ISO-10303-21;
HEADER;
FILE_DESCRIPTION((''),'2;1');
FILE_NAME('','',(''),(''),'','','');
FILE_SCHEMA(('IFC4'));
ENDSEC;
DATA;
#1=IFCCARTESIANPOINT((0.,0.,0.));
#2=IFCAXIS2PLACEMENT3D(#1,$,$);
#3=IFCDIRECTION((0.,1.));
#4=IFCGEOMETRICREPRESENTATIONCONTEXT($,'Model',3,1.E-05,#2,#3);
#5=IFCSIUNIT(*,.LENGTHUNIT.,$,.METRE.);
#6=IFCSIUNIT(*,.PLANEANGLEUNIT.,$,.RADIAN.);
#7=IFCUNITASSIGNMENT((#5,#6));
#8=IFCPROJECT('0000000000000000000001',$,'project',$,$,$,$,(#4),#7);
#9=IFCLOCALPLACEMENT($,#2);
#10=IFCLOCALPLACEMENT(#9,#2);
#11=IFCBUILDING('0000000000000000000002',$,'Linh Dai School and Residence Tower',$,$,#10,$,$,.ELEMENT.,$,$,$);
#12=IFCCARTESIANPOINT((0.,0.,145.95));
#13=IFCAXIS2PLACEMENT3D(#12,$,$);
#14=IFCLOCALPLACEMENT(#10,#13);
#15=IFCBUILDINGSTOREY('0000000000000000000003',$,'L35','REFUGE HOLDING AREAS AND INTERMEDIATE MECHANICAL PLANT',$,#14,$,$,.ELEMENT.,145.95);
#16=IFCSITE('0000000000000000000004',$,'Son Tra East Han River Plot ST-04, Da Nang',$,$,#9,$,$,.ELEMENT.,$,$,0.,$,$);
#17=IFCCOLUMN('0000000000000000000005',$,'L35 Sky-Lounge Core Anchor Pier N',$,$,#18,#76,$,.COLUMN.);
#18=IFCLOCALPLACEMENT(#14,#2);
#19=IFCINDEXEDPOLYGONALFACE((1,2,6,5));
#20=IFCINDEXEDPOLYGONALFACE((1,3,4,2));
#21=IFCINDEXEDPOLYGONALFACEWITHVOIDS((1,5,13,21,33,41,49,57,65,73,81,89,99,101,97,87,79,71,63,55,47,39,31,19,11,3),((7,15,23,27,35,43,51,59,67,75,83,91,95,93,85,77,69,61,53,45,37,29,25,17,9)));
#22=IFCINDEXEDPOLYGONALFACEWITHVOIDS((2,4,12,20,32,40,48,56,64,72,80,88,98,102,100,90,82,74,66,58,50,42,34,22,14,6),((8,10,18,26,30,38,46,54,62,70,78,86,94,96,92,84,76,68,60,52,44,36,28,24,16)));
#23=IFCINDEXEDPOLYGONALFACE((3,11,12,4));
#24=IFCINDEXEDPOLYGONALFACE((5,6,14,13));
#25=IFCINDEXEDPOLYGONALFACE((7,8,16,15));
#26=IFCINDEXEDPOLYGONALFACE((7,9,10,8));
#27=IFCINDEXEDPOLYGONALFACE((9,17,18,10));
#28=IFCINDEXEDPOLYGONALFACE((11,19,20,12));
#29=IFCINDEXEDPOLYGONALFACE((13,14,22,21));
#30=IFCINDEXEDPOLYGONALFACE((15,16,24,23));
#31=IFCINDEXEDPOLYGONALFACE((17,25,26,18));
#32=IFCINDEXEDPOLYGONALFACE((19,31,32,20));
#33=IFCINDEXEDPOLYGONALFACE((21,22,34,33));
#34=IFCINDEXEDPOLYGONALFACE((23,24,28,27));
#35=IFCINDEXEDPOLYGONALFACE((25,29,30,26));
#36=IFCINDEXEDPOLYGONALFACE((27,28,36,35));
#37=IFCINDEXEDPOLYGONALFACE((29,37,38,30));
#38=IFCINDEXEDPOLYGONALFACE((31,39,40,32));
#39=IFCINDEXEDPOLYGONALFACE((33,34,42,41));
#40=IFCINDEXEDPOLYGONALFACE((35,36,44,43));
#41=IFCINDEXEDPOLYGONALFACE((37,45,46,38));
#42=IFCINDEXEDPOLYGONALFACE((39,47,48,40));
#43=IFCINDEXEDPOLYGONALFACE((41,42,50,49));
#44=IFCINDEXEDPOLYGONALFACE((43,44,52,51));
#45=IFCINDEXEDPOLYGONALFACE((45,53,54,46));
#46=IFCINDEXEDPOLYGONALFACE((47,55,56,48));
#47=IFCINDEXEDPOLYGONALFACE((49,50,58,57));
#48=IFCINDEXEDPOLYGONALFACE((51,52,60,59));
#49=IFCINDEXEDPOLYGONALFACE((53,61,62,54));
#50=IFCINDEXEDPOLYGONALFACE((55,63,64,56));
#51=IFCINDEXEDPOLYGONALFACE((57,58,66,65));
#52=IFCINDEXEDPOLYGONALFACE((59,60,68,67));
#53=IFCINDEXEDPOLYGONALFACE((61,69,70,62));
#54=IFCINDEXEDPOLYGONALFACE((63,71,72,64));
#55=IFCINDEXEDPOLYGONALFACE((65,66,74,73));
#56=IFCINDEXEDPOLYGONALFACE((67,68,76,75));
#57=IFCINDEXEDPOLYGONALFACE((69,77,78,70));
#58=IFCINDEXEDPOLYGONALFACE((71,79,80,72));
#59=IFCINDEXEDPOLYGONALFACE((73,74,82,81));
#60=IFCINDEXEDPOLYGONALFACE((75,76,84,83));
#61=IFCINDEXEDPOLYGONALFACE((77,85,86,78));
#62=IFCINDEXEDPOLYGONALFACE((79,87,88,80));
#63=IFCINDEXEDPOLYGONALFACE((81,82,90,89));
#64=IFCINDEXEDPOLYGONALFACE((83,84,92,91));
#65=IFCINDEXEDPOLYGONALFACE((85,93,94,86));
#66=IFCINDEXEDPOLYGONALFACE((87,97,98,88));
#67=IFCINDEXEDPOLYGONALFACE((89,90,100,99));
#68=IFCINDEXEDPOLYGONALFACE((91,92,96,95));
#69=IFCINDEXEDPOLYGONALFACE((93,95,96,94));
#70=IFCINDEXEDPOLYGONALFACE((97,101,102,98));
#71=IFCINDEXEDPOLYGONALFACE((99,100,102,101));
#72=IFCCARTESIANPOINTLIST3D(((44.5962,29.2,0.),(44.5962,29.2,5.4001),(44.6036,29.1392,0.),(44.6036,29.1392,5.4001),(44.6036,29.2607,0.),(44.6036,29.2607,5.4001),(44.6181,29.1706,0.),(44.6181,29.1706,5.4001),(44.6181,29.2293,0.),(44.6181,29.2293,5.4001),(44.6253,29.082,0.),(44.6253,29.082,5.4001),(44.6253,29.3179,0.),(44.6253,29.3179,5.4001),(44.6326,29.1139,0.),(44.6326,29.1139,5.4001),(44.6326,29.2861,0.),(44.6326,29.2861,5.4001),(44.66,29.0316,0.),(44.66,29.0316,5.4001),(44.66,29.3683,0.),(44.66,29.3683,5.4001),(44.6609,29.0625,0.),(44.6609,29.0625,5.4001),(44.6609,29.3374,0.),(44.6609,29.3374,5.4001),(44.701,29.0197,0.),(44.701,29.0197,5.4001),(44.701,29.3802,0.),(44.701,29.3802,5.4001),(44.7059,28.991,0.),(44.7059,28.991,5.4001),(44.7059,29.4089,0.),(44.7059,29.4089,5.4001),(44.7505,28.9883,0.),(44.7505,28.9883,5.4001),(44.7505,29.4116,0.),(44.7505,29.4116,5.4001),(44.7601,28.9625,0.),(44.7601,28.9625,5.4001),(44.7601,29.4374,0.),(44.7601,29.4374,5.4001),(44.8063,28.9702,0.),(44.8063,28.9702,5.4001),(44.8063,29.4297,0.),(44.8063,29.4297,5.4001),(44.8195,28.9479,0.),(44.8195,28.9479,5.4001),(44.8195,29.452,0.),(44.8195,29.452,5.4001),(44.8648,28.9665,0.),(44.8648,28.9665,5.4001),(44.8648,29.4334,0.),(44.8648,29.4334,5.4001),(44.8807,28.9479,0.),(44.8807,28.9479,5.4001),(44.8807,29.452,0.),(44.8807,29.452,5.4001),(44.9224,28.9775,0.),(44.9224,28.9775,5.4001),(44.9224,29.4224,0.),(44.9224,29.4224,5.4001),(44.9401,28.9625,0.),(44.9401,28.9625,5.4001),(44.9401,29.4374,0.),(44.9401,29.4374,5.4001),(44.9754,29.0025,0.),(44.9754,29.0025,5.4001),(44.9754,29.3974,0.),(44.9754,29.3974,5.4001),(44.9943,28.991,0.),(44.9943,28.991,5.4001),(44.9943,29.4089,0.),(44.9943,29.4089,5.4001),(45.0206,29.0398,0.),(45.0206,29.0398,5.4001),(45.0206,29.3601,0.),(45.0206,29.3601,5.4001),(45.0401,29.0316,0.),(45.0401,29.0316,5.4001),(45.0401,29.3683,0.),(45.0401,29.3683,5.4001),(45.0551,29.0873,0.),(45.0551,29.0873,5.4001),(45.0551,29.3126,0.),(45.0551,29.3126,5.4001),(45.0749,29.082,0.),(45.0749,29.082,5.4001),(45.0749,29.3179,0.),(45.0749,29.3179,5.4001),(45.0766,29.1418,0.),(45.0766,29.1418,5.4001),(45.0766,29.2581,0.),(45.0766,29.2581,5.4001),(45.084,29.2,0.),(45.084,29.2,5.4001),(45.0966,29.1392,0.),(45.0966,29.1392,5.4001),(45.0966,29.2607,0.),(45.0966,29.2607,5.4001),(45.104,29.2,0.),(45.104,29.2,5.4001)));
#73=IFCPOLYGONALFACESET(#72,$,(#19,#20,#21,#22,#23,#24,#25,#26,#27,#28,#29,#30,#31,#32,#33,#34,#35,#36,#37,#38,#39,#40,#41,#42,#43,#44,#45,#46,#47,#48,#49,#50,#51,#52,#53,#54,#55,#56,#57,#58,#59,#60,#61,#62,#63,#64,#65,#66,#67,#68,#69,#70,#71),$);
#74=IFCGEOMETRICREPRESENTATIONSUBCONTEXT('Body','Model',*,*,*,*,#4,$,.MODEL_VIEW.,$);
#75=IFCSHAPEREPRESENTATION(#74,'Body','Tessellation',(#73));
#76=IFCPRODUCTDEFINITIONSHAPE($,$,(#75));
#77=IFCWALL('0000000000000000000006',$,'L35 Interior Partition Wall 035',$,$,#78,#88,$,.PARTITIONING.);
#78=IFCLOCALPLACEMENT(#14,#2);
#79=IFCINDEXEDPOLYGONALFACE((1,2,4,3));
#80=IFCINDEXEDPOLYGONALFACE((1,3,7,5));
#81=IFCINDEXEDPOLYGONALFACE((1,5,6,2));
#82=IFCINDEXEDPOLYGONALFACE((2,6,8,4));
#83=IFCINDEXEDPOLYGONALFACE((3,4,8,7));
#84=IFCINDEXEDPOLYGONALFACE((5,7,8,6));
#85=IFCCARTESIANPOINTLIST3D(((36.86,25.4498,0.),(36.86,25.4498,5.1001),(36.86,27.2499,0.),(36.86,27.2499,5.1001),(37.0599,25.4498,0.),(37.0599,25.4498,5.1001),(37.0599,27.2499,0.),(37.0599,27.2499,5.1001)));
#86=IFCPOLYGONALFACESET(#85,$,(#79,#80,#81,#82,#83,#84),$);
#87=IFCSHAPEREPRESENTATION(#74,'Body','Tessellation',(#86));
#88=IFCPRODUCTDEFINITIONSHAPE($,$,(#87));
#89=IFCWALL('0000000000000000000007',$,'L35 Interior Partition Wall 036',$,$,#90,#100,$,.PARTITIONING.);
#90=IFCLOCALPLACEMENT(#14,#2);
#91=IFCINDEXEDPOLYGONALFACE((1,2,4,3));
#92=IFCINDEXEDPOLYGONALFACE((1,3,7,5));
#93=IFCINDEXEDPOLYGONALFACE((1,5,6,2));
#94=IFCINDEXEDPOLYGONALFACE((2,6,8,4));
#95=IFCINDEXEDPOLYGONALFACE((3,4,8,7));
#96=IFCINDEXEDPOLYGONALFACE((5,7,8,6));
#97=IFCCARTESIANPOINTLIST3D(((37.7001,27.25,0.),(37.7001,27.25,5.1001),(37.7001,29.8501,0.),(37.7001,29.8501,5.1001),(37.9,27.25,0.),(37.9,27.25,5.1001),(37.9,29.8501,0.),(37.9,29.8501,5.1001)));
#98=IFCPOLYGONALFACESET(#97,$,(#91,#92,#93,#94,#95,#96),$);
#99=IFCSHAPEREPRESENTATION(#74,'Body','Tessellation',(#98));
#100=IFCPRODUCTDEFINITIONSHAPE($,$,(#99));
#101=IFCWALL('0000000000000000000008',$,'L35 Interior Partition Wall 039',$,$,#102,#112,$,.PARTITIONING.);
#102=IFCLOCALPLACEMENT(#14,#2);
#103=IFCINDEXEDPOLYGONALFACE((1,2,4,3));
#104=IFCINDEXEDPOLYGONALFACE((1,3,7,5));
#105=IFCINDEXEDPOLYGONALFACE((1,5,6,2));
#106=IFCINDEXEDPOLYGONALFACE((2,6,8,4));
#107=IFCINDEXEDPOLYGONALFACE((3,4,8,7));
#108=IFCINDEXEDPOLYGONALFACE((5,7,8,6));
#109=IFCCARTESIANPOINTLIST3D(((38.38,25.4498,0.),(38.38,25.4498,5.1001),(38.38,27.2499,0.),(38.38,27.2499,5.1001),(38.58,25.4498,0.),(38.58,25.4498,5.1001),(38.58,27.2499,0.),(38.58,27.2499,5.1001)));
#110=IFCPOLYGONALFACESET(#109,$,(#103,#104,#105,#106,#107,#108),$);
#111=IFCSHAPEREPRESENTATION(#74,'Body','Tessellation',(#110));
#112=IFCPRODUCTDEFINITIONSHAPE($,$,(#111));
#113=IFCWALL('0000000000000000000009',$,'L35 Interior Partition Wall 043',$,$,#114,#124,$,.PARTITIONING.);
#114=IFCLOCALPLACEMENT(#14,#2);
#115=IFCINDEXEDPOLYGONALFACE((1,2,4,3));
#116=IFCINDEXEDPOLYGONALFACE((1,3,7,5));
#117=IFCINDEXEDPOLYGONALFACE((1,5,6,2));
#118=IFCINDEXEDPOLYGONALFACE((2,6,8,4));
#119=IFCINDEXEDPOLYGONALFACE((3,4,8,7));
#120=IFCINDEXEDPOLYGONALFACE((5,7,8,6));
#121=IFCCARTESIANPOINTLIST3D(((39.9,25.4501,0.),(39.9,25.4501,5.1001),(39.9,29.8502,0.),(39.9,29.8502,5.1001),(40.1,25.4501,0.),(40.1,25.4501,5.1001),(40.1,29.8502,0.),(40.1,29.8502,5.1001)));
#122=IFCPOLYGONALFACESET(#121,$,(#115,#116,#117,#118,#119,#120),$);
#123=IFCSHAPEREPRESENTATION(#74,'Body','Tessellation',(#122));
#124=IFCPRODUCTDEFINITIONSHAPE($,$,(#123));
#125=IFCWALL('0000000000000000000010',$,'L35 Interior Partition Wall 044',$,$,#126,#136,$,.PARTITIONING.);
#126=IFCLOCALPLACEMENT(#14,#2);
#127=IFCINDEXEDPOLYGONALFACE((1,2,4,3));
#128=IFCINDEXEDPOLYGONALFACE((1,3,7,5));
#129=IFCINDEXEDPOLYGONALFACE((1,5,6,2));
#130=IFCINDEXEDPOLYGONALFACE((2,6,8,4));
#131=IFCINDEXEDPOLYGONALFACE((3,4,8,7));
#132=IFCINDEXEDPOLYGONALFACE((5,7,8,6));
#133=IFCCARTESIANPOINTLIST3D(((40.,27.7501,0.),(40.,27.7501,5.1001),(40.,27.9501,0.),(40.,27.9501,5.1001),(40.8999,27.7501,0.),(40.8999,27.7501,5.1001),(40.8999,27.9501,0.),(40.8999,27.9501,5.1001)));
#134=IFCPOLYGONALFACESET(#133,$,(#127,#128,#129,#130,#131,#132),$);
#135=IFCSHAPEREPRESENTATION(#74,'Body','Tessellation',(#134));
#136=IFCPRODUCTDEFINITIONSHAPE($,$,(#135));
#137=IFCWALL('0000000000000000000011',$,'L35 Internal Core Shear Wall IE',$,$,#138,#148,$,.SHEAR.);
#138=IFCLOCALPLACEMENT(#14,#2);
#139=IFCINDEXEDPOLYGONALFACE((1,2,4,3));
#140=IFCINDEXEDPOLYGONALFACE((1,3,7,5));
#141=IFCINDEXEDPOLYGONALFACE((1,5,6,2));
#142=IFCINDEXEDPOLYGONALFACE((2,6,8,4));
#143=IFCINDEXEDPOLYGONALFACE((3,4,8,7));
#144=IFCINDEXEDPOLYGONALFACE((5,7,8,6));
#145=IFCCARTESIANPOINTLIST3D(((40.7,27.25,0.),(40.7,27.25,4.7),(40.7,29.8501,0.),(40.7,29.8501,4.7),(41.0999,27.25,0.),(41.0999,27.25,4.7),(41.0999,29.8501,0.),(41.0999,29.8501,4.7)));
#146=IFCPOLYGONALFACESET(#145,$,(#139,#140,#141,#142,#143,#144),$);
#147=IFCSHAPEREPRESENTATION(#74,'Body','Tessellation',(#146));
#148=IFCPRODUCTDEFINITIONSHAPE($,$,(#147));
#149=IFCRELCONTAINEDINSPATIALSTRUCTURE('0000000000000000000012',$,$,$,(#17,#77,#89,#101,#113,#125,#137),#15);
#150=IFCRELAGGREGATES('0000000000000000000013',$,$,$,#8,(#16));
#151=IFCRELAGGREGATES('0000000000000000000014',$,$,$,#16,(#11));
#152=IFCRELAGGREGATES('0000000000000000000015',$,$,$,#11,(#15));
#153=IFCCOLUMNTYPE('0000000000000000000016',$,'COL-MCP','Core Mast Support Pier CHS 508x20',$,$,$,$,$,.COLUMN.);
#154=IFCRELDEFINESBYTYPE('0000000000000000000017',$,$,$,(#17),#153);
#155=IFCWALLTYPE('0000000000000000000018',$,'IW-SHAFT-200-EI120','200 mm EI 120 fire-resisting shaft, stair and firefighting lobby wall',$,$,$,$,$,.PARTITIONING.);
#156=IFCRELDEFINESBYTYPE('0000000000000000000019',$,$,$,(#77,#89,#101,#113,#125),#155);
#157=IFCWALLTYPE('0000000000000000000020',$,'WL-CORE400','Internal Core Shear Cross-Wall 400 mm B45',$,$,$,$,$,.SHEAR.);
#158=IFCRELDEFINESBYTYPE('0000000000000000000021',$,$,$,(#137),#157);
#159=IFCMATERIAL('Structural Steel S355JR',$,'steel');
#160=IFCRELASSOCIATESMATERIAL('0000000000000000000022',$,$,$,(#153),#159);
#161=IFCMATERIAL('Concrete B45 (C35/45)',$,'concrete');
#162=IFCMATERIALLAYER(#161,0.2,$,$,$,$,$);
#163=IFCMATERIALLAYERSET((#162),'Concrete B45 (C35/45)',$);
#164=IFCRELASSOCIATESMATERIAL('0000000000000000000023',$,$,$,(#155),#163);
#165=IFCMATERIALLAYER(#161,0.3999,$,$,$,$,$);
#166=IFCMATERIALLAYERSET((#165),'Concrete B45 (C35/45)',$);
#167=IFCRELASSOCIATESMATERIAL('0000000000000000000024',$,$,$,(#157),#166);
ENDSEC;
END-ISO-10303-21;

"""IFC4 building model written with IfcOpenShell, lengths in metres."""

from ifc_helpers import new_model, si_unit, direction, frame, frame_2d, origin, origin_2d, place, context, subcontext, project, spatial, rectangle, hollow_circle, extrude, material, layer, layer_set, material_profile, profile_set, type_object, element, save


model = new_model("IFC4")

# Units and contexts
model_context = context("Model", 3, precision=1e-05, world=origin(), true_north=direction((0.0, 1.0)))
body_context = subcontext(model_context, "Body", "Model", "MODEL_VIEW")
ifc_project = project(units=[si_unit("LENGTHUNIT", "METRE"), si_unit("PLANEANGLEUNIT", "RADIAN")], contexts=[model_context])

# Site, building, storey
site_placement = place(None, origin())
site = spatial("IfcSite", under=ifc_project, at=site_placement, Name="Son Tra East Han River Plot ST-04, Da Nang", CompositionType="ELEMENT", RefElevation=0.0)
building_placement = place(site_placement, origin())
building = spatial("IfcBuilding", under=site, at=building_placement, Name="Linh Dai School and Residence Tower", CompositionType="ELEMENT")
storey_placement = place(building_placement, frame((0.0, 0.0, 145.95)))
storey = spatial("IfcBuildingStorey", under=building, at=storey_placement, Name="L35", Description="REFUGE HOLDING AREAS AND INTERMEDIATE MECHANICAL PLANT", CompositionType="ELEMENT", Elevation=145.95)

# Column
ifc_material_1 = material(Name="Structural Steel S355JR", Category="steel")
ifc_material_profile_1 = material_profile(ifc_material_1, hollow_circle(Radius=0.2539, WallThickness=0.02, at=origin_2d()), Name="CHS 508x20")
ifc_profile_set_1 = profile_set([ifc_material_profile_1], Name="Structural Steel S355JR")
column_type_1 = type_object("IfcColumnType", Name="COL-MCP", Description="Core Mast Support Pier CHS 508x20", PredefinedType="COLUMN", material=ifc_profile_set_1)
column_placement = place(storey_placement, frame((44.8501, 29.2, 0.0), z_axis=(0.0, 0.0, 1.0), x_axis=(1.0, 0.0, 0.0)))
element("IfcColumn", 1, at=column_placement, inside=storey, type_object=column_type_1, Name="L35 Sky-Lounge Core Anchor Pier N", PredefinedType="COLUMN", context=body_context, shape_type="SweptSolid", body=[
    extrude(hollow_circle(Radius=0.2539, WallThickness=0.02, at=origin_2d()), origin(), (0.0, 0.0, 1.0), 5.4001),
])

# Shared definitions
ifc_material_2 = material(Name="Concrete B45 (C35/45)", Category="concrete")
ifc_layer_1 = layer(ifc_material_2, 0.2)
ifc_layer_set_1 = layer_set([ifc_layer_1], Name="Concrete B45 (C35/45)")
wall_type_1 = type_object("IfcWallType", Name="IW-SHAFT-200-EI120", Description="200 mm EI 120 fire-resisting shaft, stair and firefighting lobby wall", PredefinedType="PARTITIONING", material=ifc_layer_set_1)

# Walls
wall_1_placement = place(storey_placement, frame((36.96, 25.45, 0.0), z_axis=(0.0, 0.0, 1.0), x_axis=(0.0, 1.0, 0.0)))
element("IfcWall", 2, at=wall_1_placement, inside=storey, type_object=wall_type_1, Name="L35 Interior Partition Wall 035", PredefinedType="PARTITIONING", context=body_context, shape_type="SweptSolid", body=[
    extrude(rectangle(XDim=1.8, YDim=0.2, at=frame_2d((0.8999, 0.0))), origin(), (0.0, 0.0, 1.0), 5.1001),
])
wall_2_placement = place(storey_placement, frame((37.8, 27.25, 0.0), z_axis=(0.0, 0.0, 1.0), x_axis=(0.0, 1.0, 0.0)))
element("IfcWall", 3, at=wall_2_placement, inside=storey, type_object=wall_type_1, Name="L35 Interior Partition Wall 036", PredefinedType="PARTITIONING", context=body_context, shape_type="SweptSolid", body=[
    extrude(rectangle(XDim=2.6001, YDim=0.2, at=frame_2d((1.3, 0.0))), origin(), (0.0, 0.0, 1.0), 5.1001),
])
wall_3_placement = place(storey_placement, frame((38.48, 25.45, 0.0), z_axis=(0.0, 0.0, 1.0), x_axis=(0.0, 1.0, 0.0)))
element("IfcWall", 4, at=wall_3_placement, inside=storey, type_object=wall_type_1, Name="L35 Interior Partition Wall 039", PredefinedType="PARTITIONING", context=body_context, shape_type="SweptSolid", body=[
    extrude(rectangle(XDim=1.8, YDim=0.2, at=frame_2d((0.8999, 0.0))), origin(), (0.0, 0.0, 1.0), 5.1001),
])
wall_4_placement = place(storey_placement, frame((40.0, 25.45, 0.0), z_axis=(0.0, 0.0, 1.0), x_axis=(0.0, 1.0, 0.0)))
element("IfcWall", 5, at=wall_4_placement, inside=storey, type_object=wall_type_1, Name="L35 Interior Partition Wall 043", PredefinedType="PARTITIONING", context=body_context, shape_type="SweptSolid", body=[
    extrude(rectangle(XDim=4.4001, YDim=0.2, at=frame_2d((2.2002, 0.0))), origin(), (0.0, 0.0, 1.0), 5.1001),
])
wall_5_placement = place(storey_placement, frame((40.0, 27.8501, 0.0), z_axis=(0.0, 0.0, 1.0), x_axis=(1.0, 0.0, 0.0)))
element("IfcWall", 6, at=wall_5_placement, inside=storey, type_object=wall_type_1, Name="L35 Interior Partition Wall 044", PredefinedType="PARTITIONING", context=body_context, shape_type="SweptSolid", body=[
    extrude(rectangle(XDim=0.8999, YDim=0.2, at=frame_2d((0.45, 0.0))), origin(), (0.0, 0.0, 1.0), 5.1001),
])
ifc_layer_2 = layer(ifc_material_2, 0.3999)
ifc_layer_set_2 = layer_set([ifc_layer_2], Name="Concrete B45 (C35/45)")
wall_type_2 = type_object("IfcWallType", Name="WL-CORE400", Description="Internal Core Shear Cross-Wall 400 mm B45", PredefinedType="SHEAR", material=ifc_layer_set_2)
wall_6_placement = place(storey_placement, frame((40.8999, 27.25, 0.0), z_axis=(0.0, 0.0, 1.0), x_axis=(0.0, 1.0, 0.0)))
element("IfcWall", 7, at=wall_6_placement, inside=storey, type_object=wall_type_2, Name="L35 Internal Core Shear Wall IE", PredefinedType="SHEAR", context=body_context, shape_type="SweptSolid", body=[
    extrude(rectangle(XDim=2.6001, YDim=0.3999, at=frame_2d((1.3, 0.0))), origin(), (0.0, 0.0, 1.0), 4.7),
])

save(model, "model.ifc")
